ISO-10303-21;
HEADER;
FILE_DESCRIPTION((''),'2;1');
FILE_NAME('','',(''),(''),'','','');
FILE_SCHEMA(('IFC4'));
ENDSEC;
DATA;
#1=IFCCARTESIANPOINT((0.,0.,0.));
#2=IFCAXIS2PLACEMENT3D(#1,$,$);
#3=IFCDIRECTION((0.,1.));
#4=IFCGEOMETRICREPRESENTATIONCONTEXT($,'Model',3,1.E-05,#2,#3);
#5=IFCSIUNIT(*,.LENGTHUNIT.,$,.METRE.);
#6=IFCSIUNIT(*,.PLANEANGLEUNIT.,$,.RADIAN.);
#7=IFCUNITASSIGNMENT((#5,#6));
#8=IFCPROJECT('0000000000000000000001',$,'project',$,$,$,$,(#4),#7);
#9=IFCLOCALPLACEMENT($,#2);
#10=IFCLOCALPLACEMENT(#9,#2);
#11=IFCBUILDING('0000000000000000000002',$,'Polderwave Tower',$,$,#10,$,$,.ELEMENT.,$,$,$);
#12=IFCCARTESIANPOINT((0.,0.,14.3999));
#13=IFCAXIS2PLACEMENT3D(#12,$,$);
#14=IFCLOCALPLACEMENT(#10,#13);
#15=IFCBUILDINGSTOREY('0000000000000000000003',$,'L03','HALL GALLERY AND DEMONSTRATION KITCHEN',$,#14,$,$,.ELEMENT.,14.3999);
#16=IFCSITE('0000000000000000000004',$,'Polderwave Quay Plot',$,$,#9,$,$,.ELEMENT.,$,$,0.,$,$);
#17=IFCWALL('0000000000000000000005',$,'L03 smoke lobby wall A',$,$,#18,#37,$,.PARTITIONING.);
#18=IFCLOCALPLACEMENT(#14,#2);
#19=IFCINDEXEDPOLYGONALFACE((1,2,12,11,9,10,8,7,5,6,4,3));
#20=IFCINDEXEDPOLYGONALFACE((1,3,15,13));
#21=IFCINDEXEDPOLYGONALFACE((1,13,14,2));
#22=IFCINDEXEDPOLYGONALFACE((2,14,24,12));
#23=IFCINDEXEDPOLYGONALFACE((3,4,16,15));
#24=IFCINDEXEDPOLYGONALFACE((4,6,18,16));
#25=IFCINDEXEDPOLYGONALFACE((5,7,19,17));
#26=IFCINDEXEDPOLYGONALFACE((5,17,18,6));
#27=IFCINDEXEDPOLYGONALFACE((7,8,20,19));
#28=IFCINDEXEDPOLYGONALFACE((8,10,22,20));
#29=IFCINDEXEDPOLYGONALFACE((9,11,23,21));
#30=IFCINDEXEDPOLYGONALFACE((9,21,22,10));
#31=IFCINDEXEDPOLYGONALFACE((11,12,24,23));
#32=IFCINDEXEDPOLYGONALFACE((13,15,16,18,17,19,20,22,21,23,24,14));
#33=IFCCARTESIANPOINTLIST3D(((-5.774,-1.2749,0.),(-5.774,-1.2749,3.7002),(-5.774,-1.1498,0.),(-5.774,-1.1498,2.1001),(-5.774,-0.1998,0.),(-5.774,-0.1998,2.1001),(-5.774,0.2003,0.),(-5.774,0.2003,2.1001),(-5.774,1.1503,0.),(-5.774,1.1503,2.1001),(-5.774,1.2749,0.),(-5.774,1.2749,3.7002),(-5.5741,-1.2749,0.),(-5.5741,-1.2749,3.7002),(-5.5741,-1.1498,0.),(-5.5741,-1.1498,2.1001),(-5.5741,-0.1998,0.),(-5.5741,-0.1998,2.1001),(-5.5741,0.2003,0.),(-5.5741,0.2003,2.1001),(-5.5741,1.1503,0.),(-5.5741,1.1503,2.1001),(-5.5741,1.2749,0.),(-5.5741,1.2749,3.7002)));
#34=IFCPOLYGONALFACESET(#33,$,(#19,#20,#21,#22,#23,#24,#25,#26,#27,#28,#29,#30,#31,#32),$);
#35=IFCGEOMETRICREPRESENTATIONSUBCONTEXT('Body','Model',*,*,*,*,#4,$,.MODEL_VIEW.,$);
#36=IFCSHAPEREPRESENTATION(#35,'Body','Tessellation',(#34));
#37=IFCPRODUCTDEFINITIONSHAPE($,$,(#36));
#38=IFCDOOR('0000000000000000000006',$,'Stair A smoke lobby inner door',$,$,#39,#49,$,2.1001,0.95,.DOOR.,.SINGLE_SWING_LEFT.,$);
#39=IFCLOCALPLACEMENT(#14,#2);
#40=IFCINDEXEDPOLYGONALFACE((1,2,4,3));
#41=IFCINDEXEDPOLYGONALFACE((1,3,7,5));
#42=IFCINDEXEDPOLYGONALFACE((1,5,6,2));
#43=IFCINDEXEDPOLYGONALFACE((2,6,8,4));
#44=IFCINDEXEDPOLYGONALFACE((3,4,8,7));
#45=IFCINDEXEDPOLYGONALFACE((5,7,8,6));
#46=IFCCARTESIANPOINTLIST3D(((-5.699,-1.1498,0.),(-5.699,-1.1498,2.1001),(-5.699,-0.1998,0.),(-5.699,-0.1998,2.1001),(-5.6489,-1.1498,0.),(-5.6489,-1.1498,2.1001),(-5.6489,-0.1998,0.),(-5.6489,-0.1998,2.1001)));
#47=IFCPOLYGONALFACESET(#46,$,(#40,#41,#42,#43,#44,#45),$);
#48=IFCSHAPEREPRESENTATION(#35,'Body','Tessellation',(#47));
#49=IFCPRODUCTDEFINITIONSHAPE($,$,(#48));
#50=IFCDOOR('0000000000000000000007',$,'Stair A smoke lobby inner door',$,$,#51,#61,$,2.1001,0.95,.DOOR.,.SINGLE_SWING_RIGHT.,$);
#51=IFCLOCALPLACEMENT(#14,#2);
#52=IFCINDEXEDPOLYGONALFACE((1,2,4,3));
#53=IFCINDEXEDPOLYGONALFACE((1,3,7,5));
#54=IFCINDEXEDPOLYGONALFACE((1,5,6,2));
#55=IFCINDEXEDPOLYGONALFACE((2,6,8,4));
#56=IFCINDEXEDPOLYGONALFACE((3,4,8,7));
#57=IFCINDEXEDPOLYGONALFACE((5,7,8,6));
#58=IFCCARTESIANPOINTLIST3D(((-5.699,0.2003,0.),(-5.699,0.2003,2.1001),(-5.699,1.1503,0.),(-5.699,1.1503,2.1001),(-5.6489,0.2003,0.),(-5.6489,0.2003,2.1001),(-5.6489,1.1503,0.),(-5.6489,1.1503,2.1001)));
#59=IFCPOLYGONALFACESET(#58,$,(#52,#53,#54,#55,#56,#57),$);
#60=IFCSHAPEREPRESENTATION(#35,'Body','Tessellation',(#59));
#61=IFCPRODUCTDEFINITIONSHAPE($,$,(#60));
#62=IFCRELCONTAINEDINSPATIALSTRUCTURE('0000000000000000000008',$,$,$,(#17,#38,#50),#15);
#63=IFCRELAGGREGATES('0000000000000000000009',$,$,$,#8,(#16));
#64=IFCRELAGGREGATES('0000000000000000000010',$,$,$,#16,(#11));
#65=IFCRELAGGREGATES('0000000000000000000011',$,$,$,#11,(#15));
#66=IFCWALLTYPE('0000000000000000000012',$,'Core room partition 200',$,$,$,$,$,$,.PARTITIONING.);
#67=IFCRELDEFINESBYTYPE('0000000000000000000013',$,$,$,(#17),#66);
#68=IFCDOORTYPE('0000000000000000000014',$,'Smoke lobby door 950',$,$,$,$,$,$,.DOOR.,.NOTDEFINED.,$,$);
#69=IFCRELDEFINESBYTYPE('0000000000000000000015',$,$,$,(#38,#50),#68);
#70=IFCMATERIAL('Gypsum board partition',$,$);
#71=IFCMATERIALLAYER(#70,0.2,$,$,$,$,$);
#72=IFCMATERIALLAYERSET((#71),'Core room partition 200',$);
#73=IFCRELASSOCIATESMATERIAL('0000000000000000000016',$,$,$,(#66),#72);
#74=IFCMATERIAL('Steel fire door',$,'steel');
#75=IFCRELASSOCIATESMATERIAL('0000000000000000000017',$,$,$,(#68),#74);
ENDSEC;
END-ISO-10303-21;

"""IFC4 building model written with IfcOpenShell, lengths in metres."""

from ifc_helpers import new_model, si_unit, direction, frame, frame_2d, origin, place, context, subcontext, project, spatial, rectangle, extrude, material, layer, layer_set, type_object, element, fill, save


model = new_model("IFC4")

# Units and contexts
model_context = context("Model", 3, precision=1e-05, world=origin(), true_north=direction((0.0, 1.0)))
body_context = subcontext(model_context, "Body", "Model", "MODEL_VIEW")
ifc_project = project(units=[si_unit("LENGTHUNIT", "METRE"), si_unit("PLANEANGLEUNIT", "RADIAN")], contexts=[model_context])

# Site, building, storey
site_placement = place(None, origin())
site = spatial("IfcSite", under=ifc_project, at=site_placement, Name="Polderwave Quay Plot", CompositionType="ELEMENT", RefElevation=0.0)
building_placement = place(site_placement, origin())
building = spatial("IfcBuilding", under=site, at=building_placement, Name="Polderwave Tower", CompositionType="ELEMENT")
storey_placement = place(building_placement, frame((0.0, 0.0, 14.3999)))
storey = spatial("IfcBuildingStorey", under=building, at=storey_placement, Name="L03", Description="HALL GALLERY AND DEMONSTRATION KITCHEN", CompositionType="ELEMENT", Elevation=14.3999)

# Wall, openings, doors
ifc_material_1 = material(Name="Gypsum board partition")
ifc_layer_1 = layer(ifc_material_1, 0.2)
ifc_layer_set_1 = layer_set([ifc_layer_1], Name="Core room partition 200")
wall_type_1 = type_object("IfcWallType", Name="Core room partition 200", PredefinedType="PARTITIONING", material=ifc_layer_set_1)
wall_1_placement = place(storey_placement, frame((-5.6741, -1.2749, 0.0), z_axis=(0.0, 0.0, 1.0), x_axis=(0.0, 1.0, 0.0)))
wall_1 = element("IfcWall", 1, at=wall_1_placement, inside=storey, type_object=wall_type_1, Name="L03 smoke lobby wall A", PredefinedType="PARTITIONING", context=body_context, shape_type="SweptSolid", body=[
    extrude(rectangle(XDim=2.5498, YDim=0.2, at=frame_2d((1.2749, 0.0))), origin(), (0.0, 0.0, 1.0), 3.7002),
])
opening_1_placement = place(wall_1_placement, frame((0.125, 0.0, 0.0)))
opening_1 = element("IfcOpeningElement", 2, at=opening_1_placement, cuts=wall_1, PredefinedType="OPENING", context=body_context, shape_type="SweptSolid", body=[
    extrude(rectangle(XDim=0.95, YDim=2.1001, at=frame_2d((0.4751, 1.05))), frame((0.0, 0.1099, 0.0), z_axis=(0.0, -1.0, 0.0), x_axis=(1.0, 0.0, 0.0)), (0.0, 0.0, 1.0), 0.22),
])
opening_2_placement = place(wall_1_placement, frame((1.4751, 0.0, 0.0)))
opening_2 = element("IfcOpeningElement", 3, at=opening_2_placement, cuts=wall_1, PredefinedType="OPENING", context=body_context, shape_type="SweptSolid", body=[
    extrude(rectangle(XDim=0.95, YDim=2.1001, at=frame_2d((0.4751, 1.05))), frame((0.0, 0.1099, 0.0), z_axis=(0.0, -1.0, 0.0), x_axis=(1.0, 0.0, 0.0)), (0.0, 0.0, 1.0), 0.22),
])
ifc_material_2 = material(Name="Steel fire door", Category="steel")
door_type_1 = type_object("IfcDoorType", Name="Smoke lobby door 950", OperationType="NOTDEFINED", PredefinedType="DOOR", material=ifc_material_2)
door_1_placement = place(opening_1_placement, origin())
door_1 = element("IfcDoor", 4, at=door_1_placement, inside=storey, type_object=door_type_1, Name="Stair A smoke lobby inner door", OperationType="SINGLE_SWING_LEFT", OverallHeight=2.1001, OverallWidth=0.95, PredefinedType="DOOR", context=body_context, shape_type="SweptSolid", body=[
    extrude(rectangle(XDim=0.95, YDim=2.1001, at=frame_2d((0.4751, 1.05))), frame((0.0, 0.0249, 0.0), z_axis=(0.0, -1.0, 0.0), x_axis=(1.0, 0.0, 0.0)), (0.0, 0.0, 1.0), 0.05),
])
fill(opening_1, door_1)
door_2_placement = place(opening_2_placement, origin())
door_2 = element("IfcDoor", 5, at=door_2_placement, inside=storey, type_object=door_type_1, Name="Stair A smoke lobby inner door", OperationType="SINGLE_SWING_RIGHT", OverallHeight=2.1001, OverallWidth=0.95, PredefinedType="DOOR", context=body_context, shape_type="SweptSolid", body=[
    extrude(rectangle(XDim=0.95, YDim=2.1001, at=frame_2d((0.4751, 1.05))), frame((0.0, 0.0249, 0.0), z_axis=(0.0, -1.0, 0.0), x_axis=(1.0, 0.0, 0.0)), (0.0, 0.0, 1.0), 0.05),
])
fill(opening_2, door_2)

save(model, "model.ifc")
